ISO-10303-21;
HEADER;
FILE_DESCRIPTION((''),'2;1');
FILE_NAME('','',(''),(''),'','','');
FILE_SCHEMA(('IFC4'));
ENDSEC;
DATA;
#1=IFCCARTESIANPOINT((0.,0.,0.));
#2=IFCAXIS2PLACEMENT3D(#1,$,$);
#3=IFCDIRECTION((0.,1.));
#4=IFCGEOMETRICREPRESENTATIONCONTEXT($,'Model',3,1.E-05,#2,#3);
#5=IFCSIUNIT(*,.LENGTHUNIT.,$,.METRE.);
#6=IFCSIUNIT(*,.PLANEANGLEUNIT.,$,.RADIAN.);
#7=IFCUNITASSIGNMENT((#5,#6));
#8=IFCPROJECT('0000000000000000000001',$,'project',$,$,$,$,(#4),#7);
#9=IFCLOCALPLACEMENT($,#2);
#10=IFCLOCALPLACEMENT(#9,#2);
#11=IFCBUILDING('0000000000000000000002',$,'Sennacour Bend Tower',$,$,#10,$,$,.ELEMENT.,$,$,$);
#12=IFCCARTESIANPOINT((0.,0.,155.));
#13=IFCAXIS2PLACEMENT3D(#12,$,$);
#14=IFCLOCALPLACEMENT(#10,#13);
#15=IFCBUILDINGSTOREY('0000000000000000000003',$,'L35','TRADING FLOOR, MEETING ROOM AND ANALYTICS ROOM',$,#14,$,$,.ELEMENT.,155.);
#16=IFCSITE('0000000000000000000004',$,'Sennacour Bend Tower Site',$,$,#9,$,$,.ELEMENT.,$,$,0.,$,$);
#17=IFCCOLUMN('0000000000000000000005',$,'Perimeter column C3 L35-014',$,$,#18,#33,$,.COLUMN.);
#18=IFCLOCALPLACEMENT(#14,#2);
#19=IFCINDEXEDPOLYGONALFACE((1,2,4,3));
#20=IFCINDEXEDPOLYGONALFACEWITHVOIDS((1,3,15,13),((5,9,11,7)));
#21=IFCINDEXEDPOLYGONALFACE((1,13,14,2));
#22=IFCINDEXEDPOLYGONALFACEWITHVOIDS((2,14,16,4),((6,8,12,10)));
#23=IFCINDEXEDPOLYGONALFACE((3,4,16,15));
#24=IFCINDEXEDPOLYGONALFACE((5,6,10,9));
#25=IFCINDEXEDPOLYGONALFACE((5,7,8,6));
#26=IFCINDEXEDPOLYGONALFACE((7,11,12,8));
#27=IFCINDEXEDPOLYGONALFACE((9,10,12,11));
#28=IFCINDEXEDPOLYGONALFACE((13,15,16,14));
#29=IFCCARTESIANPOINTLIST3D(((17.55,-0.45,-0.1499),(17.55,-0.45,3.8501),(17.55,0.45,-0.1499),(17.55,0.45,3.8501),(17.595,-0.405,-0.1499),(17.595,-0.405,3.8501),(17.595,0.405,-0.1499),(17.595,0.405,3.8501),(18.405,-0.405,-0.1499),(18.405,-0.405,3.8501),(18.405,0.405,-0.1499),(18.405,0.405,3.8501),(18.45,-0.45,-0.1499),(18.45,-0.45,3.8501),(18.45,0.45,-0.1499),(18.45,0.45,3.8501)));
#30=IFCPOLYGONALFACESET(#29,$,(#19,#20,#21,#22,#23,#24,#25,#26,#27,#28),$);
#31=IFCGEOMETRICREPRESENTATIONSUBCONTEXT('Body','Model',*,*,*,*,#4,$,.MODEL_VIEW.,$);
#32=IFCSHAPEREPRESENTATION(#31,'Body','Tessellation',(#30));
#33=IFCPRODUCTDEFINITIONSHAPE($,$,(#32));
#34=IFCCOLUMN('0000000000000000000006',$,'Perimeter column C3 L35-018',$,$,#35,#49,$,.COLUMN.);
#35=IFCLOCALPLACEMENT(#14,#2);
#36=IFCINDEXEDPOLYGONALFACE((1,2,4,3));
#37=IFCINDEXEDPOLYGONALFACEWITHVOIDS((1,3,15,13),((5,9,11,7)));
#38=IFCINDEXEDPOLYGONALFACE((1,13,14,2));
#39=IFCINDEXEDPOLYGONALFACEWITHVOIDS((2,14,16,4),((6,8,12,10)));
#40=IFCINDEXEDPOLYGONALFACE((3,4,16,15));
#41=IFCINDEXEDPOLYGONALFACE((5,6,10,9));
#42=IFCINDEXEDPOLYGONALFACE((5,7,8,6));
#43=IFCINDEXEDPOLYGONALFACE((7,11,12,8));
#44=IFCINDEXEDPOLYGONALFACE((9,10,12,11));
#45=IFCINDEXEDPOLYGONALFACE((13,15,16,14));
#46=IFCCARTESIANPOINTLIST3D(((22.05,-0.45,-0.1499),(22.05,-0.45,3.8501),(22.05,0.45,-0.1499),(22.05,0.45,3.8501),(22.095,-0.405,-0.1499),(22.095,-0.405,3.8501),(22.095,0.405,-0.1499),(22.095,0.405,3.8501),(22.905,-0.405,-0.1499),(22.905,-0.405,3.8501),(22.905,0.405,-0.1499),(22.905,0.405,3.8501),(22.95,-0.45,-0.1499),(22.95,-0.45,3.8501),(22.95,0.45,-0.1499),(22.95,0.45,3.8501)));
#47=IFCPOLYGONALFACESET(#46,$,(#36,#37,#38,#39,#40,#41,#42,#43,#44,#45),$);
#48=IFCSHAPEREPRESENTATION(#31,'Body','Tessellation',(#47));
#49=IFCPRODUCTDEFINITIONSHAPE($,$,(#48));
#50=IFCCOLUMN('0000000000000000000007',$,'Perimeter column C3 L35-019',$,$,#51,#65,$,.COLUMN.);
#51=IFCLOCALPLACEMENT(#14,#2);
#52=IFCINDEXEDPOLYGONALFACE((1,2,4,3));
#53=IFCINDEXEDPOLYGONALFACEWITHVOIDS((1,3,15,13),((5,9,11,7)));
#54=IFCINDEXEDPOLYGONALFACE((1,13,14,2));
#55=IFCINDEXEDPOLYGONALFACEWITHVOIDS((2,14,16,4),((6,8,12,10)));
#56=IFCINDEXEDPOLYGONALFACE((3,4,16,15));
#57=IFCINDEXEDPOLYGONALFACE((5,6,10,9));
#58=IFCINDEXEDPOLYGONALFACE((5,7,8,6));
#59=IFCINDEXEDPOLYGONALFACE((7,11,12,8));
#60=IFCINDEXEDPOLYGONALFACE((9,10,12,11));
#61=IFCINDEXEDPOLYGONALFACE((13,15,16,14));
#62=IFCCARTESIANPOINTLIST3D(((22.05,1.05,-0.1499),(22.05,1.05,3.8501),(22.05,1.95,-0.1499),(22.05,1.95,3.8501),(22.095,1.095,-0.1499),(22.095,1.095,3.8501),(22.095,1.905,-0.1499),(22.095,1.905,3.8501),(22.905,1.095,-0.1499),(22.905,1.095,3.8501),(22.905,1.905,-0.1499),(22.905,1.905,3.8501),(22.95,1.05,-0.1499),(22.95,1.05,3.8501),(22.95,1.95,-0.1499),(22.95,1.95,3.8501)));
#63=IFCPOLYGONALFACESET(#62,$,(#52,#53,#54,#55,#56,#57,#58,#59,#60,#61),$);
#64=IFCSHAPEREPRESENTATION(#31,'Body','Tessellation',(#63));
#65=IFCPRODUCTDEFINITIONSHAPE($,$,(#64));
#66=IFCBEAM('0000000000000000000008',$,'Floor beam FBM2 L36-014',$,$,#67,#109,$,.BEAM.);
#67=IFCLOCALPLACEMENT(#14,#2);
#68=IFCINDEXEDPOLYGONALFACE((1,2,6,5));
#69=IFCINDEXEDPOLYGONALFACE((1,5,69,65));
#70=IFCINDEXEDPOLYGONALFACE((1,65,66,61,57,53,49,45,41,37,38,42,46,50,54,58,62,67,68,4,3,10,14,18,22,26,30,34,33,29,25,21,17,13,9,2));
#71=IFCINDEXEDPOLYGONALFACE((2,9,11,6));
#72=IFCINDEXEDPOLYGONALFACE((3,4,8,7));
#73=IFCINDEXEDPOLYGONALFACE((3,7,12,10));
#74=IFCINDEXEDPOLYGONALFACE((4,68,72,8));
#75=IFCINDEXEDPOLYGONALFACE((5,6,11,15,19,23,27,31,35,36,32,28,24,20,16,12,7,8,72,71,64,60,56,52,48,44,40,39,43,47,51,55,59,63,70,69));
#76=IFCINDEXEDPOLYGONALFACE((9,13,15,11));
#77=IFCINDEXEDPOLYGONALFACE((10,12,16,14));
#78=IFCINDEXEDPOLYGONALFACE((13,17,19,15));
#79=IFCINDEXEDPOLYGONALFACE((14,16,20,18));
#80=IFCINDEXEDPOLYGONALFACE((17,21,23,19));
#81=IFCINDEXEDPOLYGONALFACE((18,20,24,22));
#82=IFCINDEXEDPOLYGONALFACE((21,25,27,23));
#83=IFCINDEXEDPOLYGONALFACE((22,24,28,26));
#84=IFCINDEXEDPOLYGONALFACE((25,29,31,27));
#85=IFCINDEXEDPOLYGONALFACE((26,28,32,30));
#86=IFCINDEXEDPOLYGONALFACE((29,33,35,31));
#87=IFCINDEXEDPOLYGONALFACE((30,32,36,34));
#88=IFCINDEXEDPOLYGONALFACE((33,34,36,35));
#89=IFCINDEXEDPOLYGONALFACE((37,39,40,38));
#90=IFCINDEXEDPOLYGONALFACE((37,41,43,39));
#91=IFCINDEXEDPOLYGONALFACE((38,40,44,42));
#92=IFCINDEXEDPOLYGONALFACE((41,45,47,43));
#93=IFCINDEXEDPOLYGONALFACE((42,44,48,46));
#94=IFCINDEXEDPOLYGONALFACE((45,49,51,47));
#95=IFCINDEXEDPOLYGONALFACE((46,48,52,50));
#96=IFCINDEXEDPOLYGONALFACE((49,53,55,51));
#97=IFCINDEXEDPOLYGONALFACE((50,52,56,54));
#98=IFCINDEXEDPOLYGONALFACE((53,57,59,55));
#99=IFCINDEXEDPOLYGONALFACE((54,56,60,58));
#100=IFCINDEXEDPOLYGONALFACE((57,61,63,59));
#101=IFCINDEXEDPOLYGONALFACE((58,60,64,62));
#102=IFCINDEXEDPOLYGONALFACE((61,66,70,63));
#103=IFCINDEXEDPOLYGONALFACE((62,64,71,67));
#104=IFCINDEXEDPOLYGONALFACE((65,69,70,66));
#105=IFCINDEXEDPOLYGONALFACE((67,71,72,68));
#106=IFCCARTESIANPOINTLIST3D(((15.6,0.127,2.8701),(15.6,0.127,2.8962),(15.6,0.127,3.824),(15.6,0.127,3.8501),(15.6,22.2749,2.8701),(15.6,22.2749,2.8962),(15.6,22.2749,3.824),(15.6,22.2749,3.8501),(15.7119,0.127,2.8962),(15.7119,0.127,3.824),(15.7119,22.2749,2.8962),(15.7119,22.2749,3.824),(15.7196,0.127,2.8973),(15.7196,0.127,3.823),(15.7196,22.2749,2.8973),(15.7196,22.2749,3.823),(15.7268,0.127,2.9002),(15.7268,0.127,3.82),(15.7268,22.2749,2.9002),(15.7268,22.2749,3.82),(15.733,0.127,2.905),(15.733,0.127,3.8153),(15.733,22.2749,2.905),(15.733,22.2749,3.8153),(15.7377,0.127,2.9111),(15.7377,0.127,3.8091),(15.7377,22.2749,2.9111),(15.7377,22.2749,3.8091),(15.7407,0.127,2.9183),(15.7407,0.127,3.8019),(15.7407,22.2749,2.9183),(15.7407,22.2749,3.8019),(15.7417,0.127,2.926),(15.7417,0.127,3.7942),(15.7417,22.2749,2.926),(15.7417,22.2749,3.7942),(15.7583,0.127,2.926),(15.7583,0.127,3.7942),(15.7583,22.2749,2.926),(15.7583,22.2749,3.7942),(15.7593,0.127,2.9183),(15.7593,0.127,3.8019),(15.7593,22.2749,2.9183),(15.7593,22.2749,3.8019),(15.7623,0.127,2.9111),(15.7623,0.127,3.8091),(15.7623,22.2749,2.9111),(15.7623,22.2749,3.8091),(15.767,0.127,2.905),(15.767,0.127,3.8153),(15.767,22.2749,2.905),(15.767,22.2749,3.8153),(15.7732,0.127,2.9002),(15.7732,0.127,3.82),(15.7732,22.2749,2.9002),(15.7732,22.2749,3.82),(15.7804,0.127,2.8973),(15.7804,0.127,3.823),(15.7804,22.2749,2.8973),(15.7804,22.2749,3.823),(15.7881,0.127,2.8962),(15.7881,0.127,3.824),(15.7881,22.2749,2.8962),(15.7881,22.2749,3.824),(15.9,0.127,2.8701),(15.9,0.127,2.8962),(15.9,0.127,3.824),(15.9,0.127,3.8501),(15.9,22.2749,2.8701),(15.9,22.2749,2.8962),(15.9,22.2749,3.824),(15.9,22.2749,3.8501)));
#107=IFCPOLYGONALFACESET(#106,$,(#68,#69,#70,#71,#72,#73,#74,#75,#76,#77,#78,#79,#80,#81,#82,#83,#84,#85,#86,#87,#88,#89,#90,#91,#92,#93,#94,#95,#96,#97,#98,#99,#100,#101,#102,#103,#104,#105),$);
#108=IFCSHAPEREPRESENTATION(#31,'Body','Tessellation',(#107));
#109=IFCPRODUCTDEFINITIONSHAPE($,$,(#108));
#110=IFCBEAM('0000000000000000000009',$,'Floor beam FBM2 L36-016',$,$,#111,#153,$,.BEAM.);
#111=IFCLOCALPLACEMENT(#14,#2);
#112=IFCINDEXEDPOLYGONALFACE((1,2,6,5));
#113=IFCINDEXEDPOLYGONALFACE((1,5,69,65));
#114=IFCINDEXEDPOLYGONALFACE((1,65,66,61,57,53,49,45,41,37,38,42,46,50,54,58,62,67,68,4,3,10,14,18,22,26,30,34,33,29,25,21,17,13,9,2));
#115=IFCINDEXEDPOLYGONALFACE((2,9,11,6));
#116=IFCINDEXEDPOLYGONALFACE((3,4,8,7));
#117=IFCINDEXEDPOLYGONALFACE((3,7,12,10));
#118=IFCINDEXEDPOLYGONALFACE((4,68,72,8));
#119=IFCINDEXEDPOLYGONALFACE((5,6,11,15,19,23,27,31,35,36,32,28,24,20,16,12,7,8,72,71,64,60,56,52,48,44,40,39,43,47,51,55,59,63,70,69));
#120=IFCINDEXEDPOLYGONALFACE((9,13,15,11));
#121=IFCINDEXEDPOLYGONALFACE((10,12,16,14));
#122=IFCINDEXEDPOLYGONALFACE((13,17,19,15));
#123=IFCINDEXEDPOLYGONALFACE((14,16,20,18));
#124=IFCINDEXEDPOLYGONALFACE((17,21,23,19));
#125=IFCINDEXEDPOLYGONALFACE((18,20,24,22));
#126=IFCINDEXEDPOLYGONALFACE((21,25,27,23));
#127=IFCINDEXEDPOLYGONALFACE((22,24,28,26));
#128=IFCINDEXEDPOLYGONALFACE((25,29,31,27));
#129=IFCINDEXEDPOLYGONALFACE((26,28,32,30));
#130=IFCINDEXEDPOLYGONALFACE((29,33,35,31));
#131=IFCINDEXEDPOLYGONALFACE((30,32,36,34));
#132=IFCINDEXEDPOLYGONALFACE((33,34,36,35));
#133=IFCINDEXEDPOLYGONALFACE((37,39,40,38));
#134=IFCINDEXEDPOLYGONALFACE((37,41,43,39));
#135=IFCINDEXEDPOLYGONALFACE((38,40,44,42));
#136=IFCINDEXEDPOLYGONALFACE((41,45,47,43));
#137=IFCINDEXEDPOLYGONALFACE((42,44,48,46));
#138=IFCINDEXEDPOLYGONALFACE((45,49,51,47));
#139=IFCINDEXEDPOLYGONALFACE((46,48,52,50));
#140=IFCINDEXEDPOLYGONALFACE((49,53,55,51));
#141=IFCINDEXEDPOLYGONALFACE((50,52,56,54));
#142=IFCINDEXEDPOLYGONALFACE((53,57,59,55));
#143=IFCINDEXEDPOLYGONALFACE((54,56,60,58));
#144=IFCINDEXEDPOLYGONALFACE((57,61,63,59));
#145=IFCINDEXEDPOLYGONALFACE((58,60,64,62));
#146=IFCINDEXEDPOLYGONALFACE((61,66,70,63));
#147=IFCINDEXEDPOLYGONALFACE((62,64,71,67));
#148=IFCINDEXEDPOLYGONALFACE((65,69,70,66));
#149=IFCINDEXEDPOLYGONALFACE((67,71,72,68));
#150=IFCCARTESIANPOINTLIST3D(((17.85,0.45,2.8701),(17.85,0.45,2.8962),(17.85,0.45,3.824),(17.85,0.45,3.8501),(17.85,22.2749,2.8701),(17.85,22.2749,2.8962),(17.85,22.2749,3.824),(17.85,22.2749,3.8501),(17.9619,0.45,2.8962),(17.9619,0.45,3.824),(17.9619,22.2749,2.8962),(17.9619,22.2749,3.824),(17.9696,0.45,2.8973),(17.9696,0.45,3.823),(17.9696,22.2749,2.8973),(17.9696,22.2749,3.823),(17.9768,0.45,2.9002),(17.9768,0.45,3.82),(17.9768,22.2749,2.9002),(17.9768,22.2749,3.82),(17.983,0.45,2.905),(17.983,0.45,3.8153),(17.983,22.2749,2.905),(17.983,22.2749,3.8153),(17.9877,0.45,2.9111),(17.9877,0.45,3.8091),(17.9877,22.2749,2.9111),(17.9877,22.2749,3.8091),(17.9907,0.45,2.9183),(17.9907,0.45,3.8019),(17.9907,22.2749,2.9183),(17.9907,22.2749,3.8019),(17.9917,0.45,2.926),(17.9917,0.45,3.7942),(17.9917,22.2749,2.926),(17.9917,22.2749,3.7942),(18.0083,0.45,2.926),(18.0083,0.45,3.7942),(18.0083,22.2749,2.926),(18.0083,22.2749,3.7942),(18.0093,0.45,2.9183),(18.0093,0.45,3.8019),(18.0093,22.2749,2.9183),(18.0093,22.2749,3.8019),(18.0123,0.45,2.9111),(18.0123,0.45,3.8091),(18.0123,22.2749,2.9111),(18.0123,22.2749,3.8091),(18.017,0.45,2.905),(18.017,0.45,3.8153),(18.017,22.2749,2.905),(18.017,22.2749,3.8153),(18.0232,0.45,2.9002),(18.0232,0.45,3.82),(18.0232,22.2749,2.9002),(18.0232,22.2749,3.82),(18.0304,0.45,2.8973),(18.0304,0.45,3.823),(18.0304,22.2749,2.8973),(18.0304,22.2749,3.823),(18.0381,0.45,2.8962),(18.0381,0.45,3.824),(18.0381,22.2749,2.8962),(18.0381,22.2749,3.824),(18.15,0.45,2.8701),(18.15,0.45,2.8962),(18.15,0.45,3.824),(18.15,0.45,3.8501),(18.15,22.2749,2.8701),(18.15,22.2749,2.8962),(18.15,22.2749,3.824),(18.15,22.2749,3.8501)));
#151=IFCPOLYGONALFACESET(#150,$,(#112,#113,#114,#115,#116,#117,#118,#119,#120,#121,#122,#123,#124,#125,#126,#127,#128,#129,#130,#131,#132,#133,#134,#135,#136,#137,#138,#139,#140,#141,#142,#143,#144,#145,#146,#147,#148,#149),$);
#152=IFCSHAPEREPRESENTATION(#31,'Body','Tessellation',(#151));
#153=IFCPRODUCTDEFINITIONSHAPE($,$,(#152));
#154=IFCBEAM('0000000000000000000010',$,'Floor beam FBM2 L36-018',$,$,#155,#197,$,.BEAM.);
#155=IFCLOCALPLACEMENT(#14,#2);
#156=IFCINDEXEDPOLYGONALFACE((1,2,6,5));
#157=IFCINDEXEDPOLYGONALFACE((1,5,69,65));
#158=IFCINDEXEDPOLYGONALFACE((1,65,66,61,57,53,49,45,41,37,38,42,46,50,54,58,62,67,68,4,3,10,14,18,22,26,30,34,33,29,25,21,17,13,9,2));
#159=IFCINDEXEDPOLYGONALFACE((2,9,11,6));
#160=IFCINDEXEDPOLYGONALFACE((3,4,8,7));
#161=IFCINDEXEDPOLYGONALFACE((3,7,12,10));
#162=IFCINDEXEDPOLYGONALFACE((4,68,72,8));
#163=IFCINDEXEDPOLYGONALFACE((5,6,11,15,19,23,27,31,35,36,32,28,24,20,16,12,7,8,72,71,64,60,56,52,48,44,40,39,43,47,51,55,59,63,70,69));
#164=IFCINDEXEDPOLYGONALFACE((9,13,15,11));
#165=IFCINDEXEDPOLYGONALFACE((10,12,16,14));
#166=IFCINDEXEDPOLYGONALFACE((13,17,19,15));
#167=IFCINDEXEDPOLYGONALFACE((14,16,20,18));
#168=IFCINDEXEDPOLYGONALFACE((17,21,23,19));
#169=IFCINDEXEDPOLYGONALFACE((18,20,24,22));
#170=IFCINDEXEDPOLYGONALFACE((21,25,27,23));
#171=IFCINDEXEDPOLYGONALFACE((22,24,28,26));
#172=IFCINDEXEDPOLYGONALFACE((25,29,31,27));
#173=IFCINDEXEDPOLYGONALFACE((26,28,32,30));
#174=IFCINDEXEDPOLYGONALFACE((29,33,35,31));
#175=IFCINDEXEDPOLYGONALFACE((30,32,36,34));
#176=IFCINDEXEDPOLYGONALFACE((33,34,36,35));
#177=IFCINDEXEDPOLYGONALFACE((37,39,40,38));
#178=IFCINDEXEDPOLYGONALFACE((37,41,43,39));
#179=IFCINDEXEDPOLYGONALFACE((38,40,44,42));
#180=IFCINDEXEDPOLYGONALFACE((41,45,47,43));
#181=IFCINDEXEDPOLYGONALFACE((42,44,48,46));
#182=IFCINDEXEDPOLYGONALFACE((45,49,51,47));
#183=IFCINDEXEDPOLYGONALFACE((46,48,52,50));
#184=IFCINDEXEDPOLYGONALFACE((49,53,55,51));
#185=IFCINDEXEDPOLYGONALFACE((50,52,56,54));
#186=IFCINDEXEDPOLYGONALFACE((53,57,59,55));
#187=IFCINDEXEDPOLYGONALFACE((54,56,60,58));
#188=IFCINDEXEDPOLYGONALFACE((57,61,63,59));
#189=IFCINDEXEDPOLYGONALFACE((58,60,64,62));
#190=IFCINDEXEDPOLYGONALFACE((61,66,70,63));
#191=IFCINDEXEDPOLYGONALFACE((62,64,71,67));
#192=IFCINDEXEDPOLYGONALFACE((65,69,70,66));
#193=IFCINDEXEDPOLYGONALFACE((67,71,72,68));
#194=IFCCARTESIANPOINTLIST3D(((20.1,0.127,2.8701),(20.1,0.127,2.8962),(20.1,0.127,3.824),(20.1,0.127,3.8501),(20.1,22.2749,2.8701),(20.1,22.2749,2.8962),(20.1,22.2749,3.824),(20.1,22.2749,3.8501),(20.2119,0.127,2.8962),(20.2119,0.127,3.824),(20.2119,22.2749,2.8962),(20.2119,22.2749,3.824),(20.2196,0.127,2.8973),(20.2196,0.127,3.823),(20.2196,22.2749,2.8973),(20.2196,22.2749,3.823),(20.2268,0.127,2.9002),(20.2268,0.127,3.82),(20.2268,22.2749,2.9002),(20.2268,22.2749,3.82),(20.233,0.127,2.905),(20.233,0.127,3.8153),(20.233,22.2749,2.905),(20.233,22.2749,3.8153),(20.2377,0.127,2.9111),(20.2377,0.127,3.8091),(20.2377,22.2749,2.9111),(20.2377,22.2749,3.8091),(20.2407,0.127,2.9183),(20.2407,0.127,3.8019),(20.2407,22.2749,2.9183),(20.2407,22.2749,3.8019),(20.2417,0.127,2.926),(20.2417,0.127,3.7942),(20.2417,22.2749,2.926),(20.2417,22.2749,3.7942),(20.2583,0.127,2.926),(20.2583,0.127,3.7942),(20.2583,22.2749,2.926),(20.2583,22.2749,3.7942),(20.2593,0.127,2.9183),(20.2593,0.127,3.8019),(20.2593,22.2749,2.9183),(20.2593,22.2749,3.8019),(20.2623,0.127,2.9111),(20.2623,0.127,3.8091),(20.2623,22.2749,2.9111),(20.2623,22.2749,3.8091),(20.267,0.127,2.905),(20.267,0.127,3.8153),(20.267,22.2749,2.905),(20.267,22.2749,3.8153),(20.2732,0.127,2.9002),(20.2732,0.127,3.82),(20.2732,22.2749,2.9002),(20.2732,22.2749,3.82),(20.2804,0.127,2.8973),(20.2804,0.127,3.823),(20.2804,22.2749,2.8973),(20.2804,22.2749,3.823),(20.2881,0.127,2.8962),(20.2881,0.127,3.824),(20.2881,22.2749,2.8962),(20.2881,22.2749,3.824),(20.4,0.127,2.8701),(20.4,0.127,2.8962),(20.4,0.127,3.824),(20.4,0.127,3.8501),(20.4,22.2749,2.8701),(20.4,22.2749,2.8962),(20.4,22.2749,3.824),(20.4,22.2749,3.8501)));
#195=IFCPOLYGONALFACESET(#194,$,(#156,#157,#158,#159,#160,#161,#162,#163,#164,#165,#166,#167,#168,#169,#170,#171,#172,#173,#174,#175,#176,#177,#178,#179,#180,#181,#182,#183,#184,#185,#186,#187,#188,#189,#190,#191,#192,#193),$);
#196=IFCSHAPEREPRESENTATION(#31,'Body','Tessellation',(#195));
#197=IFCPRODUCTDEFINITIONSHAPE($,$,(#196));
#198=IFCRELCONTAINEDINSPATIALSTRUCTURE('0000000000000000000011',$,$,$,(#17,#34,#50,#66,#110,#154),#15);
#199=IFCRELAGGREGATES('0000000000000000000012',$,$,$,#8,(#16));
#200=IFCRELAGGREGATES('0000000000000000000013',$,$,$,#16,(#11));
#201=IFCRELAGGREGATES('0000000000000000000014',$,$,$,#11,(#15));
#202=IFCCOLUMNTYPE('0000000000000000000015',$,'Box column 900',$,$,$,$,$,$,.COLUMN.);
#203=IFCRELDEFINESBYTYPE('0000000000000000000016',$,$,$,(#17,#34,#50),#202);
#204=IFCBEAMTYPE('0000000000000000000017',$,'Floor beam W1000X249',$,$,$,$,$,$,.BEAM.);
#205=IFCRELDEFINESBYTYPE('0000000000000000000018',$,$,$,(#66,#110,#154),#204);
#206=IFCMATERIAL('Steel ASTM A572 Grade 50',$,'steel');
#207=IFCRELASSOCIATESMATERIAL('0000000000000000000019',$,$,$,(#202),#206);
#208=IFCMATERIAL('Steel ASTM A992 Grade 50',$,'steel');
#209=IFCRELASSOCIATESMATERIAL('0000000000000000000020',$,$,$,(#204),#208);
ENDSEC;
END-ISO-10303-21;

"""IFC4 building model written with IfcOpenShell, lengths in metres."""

from ifc_helpers import new_model, si_unit, direction, frame, origin, origin_2d, place, context, subcontext, project, spatial, hollow_rectangle, i_section, extrude, material, material_profile, profile_set, type_object, element, save


model = new_model("IFC4")

# Units and contexts
model_context = context("Model", 3, precision=1e-05, world=origin(), true_north=direction((0.0, 1.0)))
body_context = subcontext(model_context, "Body", "Model", "MODEL_VIEW")
ifc_project = project(units=[si_unit("LENGTHUNIT", "METRE"), si_unit("PLANEANGLEUNIT", "RADIAN")], contexts=[model_context])

# Site, building, storey
site_placement = place(None, origin())
site = spatial("IfcSite", under=ifc_project, at=site_placement, Name="Sennacour Bend Tower Site", CompositionType="ELEMENT", RefElevation=0.0)
building_placement = place(site_placement, origin())
building = spatial("IfcBuilding", under=site, at=building_placement, Name="Sennacour Bend Tower", CompositionType="ELEMENT")
storey_placement = place(building_placement, frame((0.0, 0.0, 155.0)))
storey = spatial("IfcBuildingStorey", under=building, at=storey_placement, Name="L35", Description="TRADING FLOOR, MEETING ROOM AND ANALYTICS ROOM", CompositionType="ELEMENT", Elevation=155.0)

# Columns
ifc_material_1 = material(Name="Steel ASTM A572 Grade 50", Category="steel")
ifc_material_profile_1 = material_profile(ifc_material_1, hollow_rectangle(XDim=0.8999, YDim=0.8999, WallThickness=0.0449, at=origin_2d()), Name="Steel ASTM A572 Grade 50", Category="steel")
ifc_profile_set_1 = profile_set([ifc_material_profile_1], Name="Steel ASTM A572 Grade 50")
column_type = type_object("IfcColumnType", Name="Box column 900", PredefinedType="COLUMN", material=ifc_profile_set_1)
for number, where, z_axis, x_axis, name in (
    (1, (18.0, 0.0, -0.1499), (0.0, 0.0, 1.0), (1.0, 0.0, 0.0), "Perimeter column C3 L35-014"),
    (2, (22.5, 0.0, -0.1499), (0.0, 0.0, 1.0), (1.0, 0.0, 0.0), "Perimeter column C3 L35-018"),
    (3, (22.5, 1.5, -0.1499), (0.0, 0.0, 1.0), (1.0, 0.0, 0.0), "Perimeter column C3 L35-019"),
):
    element("IfcColumn", number, at=place(storey_placement, frame(where, z_axis=z_axis, x_axis=x_axis)), inside=storey, type_object=column_type, Name=name, PredefinedType="COLUMN", context=body_context, shape_type="SweptSolid", body=[
        extrude(hollow_rectangle(XDim=0.8999, YDim=0.8999, WallThickness=0.0449, at=origin_2d()), origin(), (0.0, 0.0, 1.0), 4.0),
    ])

# Beams
ifc_material_2 = material(Name="Steel ASTM A992 Grade 50", Category="steel")
ifc_material_profile_2 = material_profile(ifc_material_2, i_section(OverallWidth=0.3, OverallDepth=0.98, WebThickness=0.0166, FlangeThickness=0.0261, FilletRadius=0.0298, at=origin_2d()), Name="Steel ASTM A992 Grade 50", Category="steel")
ifc_profile_set_2 = profile_set([ifc_material_profile_2], Name="Steel ASTM A992 Grade 50")
beam_type_1 = type_object("IfcBeamType", Name="Floor beam W1000X249", PredefinedType="BEAM", material=ifc_profile_set_2)
beam_1_placement = place(storey_placement, frame((15.75, 0.127, 3.3601), z_axis=(0.0, 1.0, 0.0), x_axis=(-1.0, 0.0, 0.0)))
element("IfcBeam", 4, at=beam_1_placement, inside=storey, type_object=beam_type_1, Name="Floor beam FBM2 L36-014", PredefinedType="BEAM", context=body_context, shape_type="SweptSolid", body=[
    extrude(i_section(OverallWidth=0.3, OverallDepth=0.98, WebThickness=0.0166, FlangeThickness=0.0261, FilletRadius=0.0298, at=origin_2d()), origin(), (0.0, 0.0, 1.0), 22.1479),
])
beam_2_placement = place(storey_placement, frame((18.0, 0.45, 3.3601), z_axis=(0.0, 1.0, 0.0), x_axis=(-1.0, 0.0, 0.0)))
element("IfcBeam", 5, at=beam_2_placement, inside=storey, type_object=beam_type_1, Name="Floor beam FBM2 L36-016", PredefinedType="BEAM", context=body_context, shape_type="SweptSolid", body=[
    extrude(i_section(OverallWidth=0.3, OverallDepth=0.98, WebThickness=0.0166, FlangeThickness=0.0261, FilletRadius=0.0298, at=origin_2d()), origin(), (0.0, 0.0, 1.0), 21.825),
])
beam_3_placement = place(storey_placement, frame((20.25, 0.127, 3.3601), z_axis=(0.0, 1.0, 0.0), x_axis=(-1.0, 0.0, 0.0)))
element("IfcBeam", 6, at=beam_3_placement, inside=storey, type_object=beam_type_1, Name="Floor beam FBM2 L36-018", PredefinedType="BEAM", context=body_context, shape_type="SweptSolid", body=[
    extrude(i_section(OverallWidth=0.3, OverallDepth=0.98, WebThickness=0.0166, FlangeThickness=0.0261, FilletRadius=0.0298, at=origin_2d()), origin(), (0.0, 0.0, 1.0), 22.1479),
])

save(model, "model.ifc")
